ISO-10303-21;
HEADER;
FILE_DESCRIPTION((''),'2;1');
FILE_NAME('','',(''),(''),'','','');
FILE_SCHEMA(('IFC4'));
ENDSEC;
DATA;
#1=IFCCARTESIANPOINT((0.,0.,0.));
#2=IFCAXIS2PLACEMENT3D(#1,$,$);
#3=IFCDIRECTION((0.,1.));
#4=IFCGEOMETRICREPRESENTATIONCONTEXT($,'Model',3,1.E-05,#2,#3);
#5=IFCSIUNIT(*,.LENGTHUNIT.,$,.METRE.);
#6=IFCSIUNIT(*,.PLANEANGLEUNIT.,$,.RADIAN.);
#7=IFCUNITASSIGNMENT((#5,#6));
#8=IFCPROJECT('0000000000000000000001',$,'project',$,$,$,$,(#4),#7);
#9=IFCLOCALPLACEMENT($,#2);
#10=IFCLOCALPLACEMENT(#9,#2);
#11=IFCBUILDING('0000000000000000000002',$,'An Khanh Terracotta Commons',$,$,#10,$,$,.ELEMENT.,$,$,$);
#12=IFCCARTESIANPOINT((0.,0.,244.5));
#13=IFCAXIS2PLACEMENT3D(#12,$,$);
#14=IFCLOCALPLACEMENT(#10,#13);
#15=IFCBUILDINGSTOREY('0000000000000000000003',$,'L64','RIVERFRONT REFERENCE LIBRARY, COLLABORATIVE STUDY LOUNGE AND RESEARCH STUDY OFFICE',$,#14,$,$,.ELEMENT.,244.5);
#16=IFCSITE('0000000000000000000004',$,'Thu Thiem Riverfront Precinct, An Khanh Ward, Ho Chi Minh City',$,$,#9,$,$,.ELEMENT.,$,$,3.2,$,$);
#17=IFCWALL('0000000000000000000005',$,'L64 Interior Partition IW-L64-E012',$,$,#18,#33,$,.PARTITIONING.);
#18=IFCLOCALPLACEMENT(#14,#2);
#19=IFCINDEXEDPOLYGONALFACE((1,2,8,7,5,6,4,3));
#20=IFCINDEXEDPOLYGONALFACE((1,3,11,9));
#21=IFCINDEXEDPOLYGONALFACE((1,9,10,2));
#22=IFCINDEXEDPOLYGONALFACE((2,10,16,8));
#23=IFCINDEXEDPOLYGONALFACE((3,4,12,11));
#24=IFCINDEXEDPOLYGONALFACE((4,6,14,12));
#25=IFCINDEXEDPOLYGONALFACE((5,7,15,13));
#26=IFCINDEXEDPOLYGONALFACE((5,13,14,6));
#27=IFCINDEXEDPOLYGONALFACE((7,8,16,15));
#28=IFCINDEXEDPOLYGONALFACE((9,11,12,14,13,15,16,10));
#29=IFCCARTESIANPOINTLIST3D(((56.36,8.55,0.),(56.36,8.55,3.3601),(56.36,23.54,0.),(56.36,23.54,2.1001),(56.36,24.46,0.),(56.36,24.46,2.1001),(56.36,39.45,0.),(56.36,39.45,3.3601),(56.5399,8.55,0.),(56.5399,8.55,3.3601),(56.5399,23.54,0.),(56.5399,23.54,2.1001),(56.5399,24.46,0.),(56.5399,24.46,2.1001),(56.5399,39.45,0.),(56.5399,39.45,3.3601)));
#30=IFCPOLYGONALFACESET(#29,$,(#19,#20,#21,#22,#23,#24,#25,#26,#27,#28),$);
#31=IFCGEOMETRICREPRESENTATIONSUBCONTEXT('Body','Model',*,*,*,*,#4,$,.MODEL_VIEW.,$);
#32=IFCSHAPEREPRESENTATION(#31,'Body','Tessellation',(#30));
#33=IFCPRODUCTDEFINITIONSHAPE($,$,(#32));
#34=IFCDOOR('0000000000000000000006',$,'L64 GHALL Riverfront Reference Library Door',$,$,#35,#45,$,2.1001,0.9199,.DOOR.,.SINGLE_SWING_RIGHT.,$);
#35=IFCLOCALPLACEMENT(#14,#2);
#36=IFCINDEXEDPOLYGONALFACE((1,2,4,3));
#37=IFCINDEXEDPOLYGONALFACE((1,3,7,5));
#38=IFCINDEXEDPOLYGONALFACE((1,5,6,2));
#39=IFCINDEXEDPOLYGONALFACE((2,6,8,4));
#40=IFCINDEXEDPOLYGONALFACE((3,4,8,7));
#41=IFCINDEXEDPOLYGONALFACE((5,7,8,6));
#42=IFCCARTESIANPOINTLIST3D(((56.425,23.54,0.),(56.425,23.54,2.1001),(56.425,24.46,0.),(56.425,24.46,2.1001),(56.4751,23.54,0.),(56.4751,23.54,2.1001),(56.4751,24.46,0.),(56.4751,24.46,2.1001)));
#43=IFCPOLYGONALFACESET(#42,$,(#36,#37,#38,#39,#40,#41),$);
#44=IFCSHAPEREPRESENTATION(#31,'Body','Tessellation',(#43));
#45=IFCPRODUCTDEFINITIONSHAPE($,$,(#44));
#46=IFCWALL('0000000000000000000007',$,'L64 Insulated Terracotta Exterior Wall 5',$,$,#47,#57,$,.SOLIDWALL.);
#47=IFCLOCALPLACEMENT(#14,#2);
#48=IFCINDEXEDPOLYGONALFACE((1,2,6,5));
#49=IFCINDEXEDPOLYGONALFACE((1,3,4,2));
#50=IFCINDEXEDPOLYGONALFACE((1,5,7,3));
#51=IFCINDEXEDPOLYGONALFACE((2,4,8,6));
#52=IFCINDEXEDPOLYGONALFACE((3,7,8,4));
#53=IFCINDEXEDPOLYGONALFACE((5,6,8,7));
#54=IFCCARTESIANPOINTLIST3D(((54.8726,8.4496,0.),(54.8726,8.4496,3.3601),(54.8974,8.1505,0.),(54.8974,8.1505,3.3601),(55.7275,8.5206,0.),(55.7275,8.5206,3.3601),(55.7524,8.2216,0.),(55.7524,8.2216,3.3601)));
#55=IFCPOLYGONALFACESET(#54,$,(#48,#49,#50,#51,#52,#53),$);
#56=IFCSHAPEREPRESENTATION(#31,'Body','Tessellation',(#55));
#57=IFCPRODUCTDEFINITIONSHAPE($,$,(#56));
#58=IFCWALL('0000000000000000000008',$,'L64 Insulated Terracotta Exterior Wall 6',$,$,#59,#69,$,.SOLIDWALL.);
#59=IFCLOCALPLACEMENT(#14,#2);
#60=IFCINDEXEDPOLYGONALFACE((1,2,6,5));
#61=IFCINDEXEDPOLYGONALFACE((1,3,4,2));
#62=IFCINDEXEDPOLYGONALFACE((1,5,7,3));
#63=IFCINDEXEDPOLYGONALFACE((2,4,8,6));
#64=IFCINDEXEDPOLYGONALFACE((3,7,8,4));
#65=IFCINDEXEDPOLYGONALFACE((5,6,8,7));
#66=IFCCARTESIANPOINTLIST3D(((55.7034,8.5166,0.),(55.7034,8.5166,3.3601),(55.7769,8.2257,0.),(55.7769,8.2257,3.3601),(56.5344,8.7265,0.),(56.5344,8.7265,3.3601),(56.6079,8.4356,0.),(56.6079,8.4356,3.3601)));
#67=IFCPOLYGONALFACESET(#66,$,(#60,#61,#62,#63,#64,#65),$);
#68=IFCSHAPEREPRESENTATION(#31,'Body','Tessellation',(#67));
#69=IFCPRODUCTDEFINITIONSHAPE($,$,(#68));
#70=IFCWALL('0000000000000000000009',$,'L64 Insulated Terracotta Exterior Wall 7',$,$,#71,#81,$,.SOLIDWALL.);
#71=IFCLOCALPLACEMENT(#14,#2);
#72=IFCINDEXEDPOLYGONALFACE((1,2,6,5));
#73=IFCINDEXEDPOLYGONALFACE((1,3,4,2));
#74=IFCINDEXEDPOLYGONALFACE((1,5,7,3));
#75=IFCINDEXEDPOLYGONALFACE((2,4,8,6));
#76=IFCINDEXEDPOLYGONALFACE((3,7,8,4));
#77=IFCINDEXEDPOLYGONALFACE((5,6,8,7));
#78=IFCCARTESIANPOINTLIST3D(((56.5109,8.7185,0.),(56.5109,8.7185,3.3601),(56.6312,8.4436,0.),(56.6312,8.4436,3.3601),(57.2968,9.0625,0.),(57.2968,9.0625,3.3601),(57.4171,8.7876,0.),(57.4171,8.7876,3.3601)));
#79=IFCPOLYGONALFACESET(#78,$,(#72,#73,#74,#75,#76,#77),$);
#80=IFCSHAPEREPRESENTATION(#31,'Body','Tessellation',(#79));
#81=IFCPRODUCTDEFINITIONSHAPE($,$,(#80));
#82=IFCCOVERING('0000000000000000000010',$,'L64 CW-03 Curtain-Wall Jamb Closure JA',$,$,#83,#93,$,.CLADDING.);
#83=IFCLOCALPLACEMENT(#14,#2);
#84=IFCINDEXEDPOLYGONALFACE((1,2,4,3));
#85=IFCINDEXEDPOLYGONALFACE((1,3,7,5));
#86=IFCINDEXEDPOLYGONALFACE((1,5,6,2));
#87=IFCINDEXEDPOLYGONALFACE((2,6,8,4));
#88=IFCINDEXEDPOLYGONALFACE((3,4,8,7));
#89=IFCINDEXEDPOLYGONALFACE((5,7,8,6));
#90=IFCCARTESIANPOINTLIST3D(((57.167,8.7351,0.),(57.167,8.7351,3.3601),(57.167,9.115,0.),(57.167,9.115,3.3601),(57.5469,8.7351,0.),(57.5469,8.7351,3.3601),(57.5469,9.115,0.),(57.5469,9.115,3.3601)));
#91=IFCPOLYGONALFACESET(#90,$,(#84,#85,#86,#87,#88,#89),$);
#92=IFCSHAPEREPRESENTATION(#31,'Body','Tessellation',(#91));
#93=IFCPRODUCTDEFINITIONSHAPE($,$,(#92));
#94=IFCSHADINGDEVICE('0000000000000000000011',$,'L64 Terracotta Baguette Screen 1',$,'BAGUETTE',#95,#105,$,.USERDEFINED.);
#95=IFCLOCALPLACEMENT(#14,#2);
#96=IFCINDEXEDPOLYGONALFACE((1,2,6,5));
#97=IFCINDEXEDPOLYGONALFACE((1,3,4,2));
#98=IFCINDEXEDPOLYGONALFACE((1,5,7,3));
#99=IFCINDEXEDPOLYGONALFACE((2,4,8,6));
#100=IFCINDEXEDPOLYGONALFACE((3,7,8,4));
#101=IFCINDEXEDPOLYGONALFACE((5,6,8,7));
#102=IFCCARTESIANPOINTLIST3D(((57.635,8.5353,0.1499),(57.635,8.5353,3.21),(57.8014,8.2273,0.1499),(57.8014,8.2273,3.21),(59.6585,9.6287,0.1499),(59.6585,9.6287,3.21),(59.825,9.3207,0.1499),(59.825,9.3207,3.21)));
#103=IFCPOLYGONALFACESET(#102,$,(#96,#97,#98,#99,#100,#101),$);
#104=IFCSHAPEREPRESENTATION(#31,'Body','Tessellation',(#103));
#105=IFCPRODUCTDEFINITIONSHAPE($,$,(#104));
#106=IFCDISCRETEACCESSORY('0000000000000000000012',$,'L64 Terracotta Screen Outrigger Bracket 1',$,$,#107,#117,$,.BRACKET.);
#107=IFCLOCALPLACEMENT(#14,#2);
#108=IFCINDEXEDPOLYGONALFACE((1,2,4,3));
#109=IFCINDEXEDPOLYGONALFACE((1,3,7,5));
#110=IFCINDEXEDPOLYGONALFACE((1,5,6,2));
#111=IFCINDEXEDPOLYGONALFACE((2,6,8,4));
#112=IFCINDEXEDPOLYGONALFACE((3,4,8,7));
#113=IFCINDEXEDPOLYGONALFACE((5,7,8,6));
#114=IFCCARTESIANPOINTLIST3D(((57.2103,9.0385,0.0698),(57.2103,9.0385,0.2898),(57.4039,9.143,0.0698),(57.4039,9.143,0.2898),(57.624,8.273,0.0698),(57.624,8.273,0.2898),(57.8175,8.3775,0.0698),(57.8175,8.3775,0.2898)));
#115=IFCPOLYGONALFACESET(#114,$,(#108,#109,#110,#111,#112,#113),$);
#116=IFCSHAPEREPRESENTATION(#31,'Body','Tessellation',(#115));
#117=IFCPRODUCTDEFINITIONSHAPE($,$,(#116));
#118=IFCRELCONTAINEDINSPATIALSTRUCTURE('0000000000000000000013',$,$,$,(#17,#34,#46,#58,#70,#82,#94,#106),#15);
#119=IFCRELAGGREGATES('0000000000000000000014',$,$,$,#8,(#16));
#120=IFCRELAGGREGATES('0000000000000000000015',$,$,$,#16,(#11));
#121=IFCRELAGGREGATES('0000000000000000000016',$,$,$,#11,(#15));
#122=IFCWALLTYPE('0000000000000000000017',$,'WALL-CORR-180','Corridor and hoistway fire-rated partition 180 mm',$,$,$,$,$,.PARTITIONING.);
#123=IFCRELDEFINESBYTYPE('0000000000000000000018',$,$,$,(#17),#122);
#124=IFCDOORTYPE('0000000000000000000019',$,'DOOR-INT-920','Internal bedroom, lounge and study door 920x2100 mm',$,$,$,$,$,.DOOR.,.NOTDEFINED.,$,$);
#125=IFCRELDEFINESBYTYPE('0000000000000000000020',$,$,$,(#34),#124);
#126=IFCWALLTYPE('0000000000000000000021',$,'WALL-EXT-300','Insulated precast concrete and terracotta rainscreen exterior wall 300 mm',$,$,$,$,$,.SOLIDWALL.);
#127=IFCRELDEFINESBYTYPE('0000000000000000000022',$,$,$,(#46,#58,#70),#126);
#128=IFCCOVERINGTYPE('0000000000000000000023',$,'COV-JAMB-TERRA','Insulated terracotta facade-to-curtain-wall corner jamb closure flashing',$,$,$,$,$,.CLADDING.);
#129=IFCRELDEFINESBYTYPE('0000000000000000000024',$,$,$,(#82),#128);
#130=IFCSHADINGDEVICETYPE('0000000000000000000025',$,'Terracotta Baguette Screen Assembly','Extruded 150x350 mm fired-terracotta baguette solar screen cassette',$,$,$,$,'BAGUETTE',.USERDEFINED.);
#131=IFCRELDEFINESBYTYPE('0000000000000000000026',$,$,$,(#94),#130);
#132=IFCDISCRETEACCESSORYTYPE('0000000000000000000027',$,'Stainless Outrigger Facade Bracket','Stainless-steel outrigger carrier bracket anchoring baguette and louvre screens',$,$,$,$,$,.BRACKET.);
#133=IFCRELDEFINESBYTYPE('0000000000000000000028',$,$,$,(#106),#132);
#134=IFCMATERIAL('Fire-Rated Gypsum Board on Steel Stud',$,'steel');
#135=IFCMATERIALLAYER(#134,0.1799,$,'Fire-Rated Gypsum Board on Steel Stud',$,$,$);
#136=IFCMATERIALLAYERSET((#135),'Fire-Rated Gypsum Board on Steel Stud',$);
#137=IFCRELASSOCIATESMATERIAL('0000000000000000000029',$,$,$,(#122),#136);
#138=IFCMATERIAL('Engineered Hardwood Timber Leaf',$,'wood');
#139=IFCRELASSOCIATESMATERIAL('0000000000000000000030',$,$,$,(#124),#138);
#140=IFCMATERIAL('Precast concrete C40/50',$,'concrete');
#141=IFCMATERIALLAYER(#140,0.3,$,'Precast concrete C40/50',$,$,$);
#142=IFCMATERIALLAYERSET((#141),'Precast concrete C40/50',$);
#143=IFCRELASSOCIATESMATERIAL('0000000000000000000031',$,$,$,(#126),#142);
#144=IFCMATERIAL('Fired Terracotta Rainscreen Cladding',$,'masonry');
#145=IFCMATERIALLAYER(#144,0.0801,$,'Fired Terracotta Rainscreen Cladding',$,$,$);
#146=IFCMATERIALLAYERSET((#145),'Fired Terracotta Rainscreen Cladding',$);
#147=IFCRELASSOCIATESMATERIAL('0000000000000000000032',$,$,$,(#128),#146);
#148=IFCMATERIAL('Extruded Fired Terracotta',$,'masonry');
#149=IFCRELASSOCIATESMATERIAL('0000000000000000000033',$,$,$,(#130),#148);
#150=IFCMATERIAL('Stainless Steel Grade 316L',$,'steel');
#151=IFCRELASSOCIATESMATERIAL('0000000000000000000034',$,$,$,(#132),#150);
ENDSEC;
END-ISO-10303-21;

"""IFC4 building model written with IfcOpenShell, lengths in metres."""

from ifc_helpers import new_model, si_unit, direction, frame, frame_2d, origin, origin_2d, place, context, subcontext, project, spatial, rectangle, extrude, material, layer, layer_set, type_object, element, fill, save


model = new_model("IFC4")

# Units and contexts
model_context = context("Model", 3, precision=1e-05, world=origin(), true_north=direction((0.0, 1.0)))
body_context = subcontext(model_context, "Body", "Model", "MODEL_VIEW")
ifc_project = project(units=[si_unit("LENGTHUNIT", "METRE"), si_unit("PLANEANGLEUNIT", "RADIAN")], contexts=[model_context])

# Site, building, storey
site_placement = place(None, origin())
site = spatial("IfcSite", under=ifc_project, at=site_placement, Name="Thu Thiem Riverfront Precinct, An Khanh Ward, Ho Chi Minh City", CompositionType="ELEMENT", RefElevation=3.2)
building_placement = place(site_placement, origin())
building = spatial("IfcBuilding", under=site, at=building_placement, Name="An Khanh Terracotta Commons", CompositionType="ELEMENT")
storey_placement = place(building_placement, frame((0.0, 0.0, 244.5)))
storey = spatial("IfcBuildingStorey", under=building, at=storey_placement, Name="L64", Description="RIVERFRONT REFERENCE LIBRARY, COLLABORATIVE STUDY LOUNGE AND RESEARCH STUDY OFFICE", CompositionType="ELEMENT", Elevation=244.5)

# Shared definitions
ifc_material_1 = material(Name="Fire-Rated Gypsum Board on Steel Stud", Category="steel")
ifc_layer_1 = layer(ifc_material_1, 0.1799, Name="Fire-Rated Gypsum Board on Steel Stud")
ifc_layer_set_1 = layer_set([ifc_layer_1], Name="Fire-Rated Gypsum Board on Steel Stud")
wall_type_1 = type_object("IfcWallType", Name="WALL-CORR-180", Description="Corridor and hoistway fire-rated partition 180 mm", PredefinedType="PARTITIONING", material=ifc_layer_set_1)

# Wall, opening, door
wall_1_placement = place(storey_placement, frame((56.45, 8.55, 0.0), z_axis=(0.0, 0.0, 1.0), x_axis=(0.0, 1.0, 0.0)))
wall_1 = element("IfcWall", 1, at=wall_1_placement, inside=storey, type_object=wall_type_1, Name="L64 Interior Partition IW-L64-E012", PredefinedType="PARTITIONING", context=body_context, shape_type="SweptSolid", body=[
    extrude(rectangle(XDim=30.8999, YDim=0.1799, at=frame_2d((15.45, 0.0))), origin(), (0.0, 0.0, 1.0), 3.3601),
])
opening_1_placement = place(wall_1_placement, frame((14.99, 0.0, 0.0)))
opening_1 = element("IfcOpeningElement", 2, at=opening_1_placement, cuts=wall_1, PredefinedType="OPENING", context=body_context, shape_type="SweptSolid", body=[
    extrude(rectangle(XDim=0.9199, YDim=2.1001, at=frame_2d((0.46, 1.05))), frame((0.0, 0.0999, 0.0), z_axis=(0.0, -1.0, 0.0), x_axis=(1.0, 0.0, 0.0)), (0.0, 0.0, 1.0), 0.2),
])
ifc_material_2 = material(Name="Engineered Hardwood Timber Leaf", Category="wood")
door_type_1 = type_object("IfcDoorType", Name="DOOR-INT-920", Description="Internal bedroom, lounge and study door 920x2100 mm", OperationType="NOTDEFINED", PredefinedType="DOOR", material=ifc_material_2)
door_1_placement = place(opening_1_placement, origin())
door_1 = element("IfcDoor", 3, at=door_1_placement, inside=storey, type_object=door_type_1, Name="L64 GHALL Riverfront Reference Library Door", OperationType="SINGLE_SWING_RIGHT", OverallHeight=2.1001, OverallWidth=0.9199, PredefinedType="DOOR", context=body_context, shape_type="SweptSolid", body=[
    extrude(rectangle(XDim=0.9199, YDim=2.1001, at=frame_2d((0.46, 1.05))), frame((0.0, 0.0249, 0.0), z_axis=(0.0, -1.0, 0.0), x_axis=(1.0, 0.0, 0.0)), (0.0, 0.0, 1.0), 0.05),
])
fill(opening_1, door_1)

# Walls
ifc_material_3 = material(Name="Precast concrete C40/50", Category="concrete")
ifc_layer_2 = layer(ifc_material_3, 0.3, Name="Precast concrete C40/50")
ifc_layer_set_2 = layer_set([ifc_layer_2], Name="Precast concrete C40/50")
wall_type_2 = type_object("IfcWallType", Name="WALL-EXT-300", Description="Insulated precast concrete and terracotta rainscreen exterior wall 300 mm", PredefinedType="SOLIDWALL", material=ifc_layer_set_2)
wall_2_placement = place(storey_placement, frame((54.885, 8.3, 0.0), z_axis=(0.0, 0.0, 1.0), x_axis=(0.996565, 0.08281, 0.0)))
element("IfcWall", 4, at=wall_2_placement, inside=storey, type_object=wall_type_2, Name="L64 Insulated Terracotta Exterior Wall 5", PredefinedType="SOLIDWALL", context=body_context, shape_type="SweptSolid", body=[
    extrude(rectangle(XDim=0.8579, YDim=0.3, at=frame_2d((0.429, 0.0))), origin(), (0.0, 0.0, 1.0), 3.3601),
])
wall_3_placement = place(storey_placement, frame((55.74, 8.3711, 0.0), z_axis=(0.0, 0.0, 1.0), x_axis=(0.969536, 0.244947, 0.0)))
element("IfcWall", 5, at=wall_3_placement, inside=storey, type_object=wall_type_2, Name="L64 Insulated Terracotta Exterior Wall 6", PredefinedType="SOLIDWALL", context=body_context, shape_type="SweptSolid", body=[
    extrude(rectangle(XDim=0.8572, YDim=0.3, at=frame_2d((0.4287, 0.0))), origin(), (0.0, 0.0, 1.0), 3.3601),
])
wall_4_placement = place(storey_placement, frame((56.571, 8.5811, 0.0), z_axis=(0.0, 0.0, 1.0), x_axis=(0.916085, 0.400983, 0.0)))
element("IfcWall", 6, at=wall_4_placement, inside=storey, type_object=wall_type_2, Name="L64 Insulated Terracotta Exterior Wall 7", PredefinedType="SOLIDWALL", context=body_context, shape_type="SweptSolid", body=[
    extrude(rectangle(XDim=0.8579, YDim=0.3, at=frame_2d((0.429, 0.0))), origin(), (0.0, 0.0, 1.0), 3.3601),
])

# Covering
ifc_material_4 = material(Name="Fired Terracotta Rainscreen Cladding", Category="masonry")
ifc_layer_3 = layer(ifc_material_4, 0.0801, Name="Fired Terracotta Rainscreen Cladding")
ifc_layer_set_3 = layer_set([ifc_layer_3], Name="Fired Terracotta Rainscreen Cladding")
covering_type = type_object("IfcCoveringType", Name="COV-JAMB-TERRA", Description="Insulated terracotta facade-to-curtain-wall corner jamb closure flashing", PredefinedType="CLADDING", material=ifc_layer_set_3)
covering_placement = place(storey_placement, frame((57.3569, 8.925, 0.0), z_axis=(0.0, 0.0, 1.0), x_axis=(1.0, 0.0, 0.0)))
element("IfcCovering", 7, at=covering_placement, inside=storey, type_object=covering_type, Name="L64 CW-03 Curtain-Wall Jamb Closure JA", PredefinedType="CLADDING", context=body_context, shape_type="SweptSolid", body=[
    extrude(rectangle(XDim=0.3799, YDim=0.3799, at=origin_2d()), origin(), (0.0, 0.0, 1.0), 3.3601),
])

# Shading device
ifc_material_5 = material(Name="Extruded Fired Terracotta", Category="masonry")
shading_device_type = type_object("IfcShadingDeviceType", Name="Terracotta Baguette Screen Assembly", Description="Extruded 150x350 mm fired-terracotta baguette solar screen cassette", ElementType="BAGUETTE", PredefinedType="USERDEFINED", material=ifc_material_5)
shading_device_placement = place(storey_placement, frame((58.73, 8.928, 0.1499), z_axis=(0.0, 0.0, 1.0), x_axis=(0.87978, 0.475381, 0.0)))
element("IfcShadingDevice", 8, at=shading_device_placement, inside=storey, type_object=shading_device_type, Name="L64 Terracotta Baguette Screen 1", ObjectType="BAGUETTE", PredefinedType="USERDEFINED", context=body_context, shape_type="SweptSolid", body=[
    extrude(rectangle(XDim=2.3, YDim=0.3501, at=origin_2d()), origin(), (0.0, 0.0, 1.0), 3.0601),
])

# Discrete accessory
ifc_material_6 = material(Name="Stainless Steel Grade 316L", Category="steel")
discrete_accessory_type = type_object("IfcDiscreteAccessoryType", Name="Stainless Outrigger Facade Bracket", Description="Stainless-steel outrigger carrier bracket anchoring baguette and louvre screens", PredefinedType="BRACKET", material=ifc_material_6)
discrete_accessory_placement = place(storey_placement, frame((57.5139, 8.708, 0.0698), z_axis=(0.0, 0.0, 1.0), x_axis=(0.87978, 0.475381, 0.0)))
element("IfcDiscreteAccessory", 9, at=discrete_accessory_placement, inside=storey, type_object=discrete_accessory_type, Name="L64 Terracotta Screen Outrigger Bracket 1", PredefinedType="BRACKET", context=body_context, shape_type="SweptSolid", body=[
    extrude(rectangle(XDim=0.22, YDim=0.8701, at=origin_2d()), origin(), (0.0, 0.0, 1.0), 0.22),
])

save(model, "model.ifc")
